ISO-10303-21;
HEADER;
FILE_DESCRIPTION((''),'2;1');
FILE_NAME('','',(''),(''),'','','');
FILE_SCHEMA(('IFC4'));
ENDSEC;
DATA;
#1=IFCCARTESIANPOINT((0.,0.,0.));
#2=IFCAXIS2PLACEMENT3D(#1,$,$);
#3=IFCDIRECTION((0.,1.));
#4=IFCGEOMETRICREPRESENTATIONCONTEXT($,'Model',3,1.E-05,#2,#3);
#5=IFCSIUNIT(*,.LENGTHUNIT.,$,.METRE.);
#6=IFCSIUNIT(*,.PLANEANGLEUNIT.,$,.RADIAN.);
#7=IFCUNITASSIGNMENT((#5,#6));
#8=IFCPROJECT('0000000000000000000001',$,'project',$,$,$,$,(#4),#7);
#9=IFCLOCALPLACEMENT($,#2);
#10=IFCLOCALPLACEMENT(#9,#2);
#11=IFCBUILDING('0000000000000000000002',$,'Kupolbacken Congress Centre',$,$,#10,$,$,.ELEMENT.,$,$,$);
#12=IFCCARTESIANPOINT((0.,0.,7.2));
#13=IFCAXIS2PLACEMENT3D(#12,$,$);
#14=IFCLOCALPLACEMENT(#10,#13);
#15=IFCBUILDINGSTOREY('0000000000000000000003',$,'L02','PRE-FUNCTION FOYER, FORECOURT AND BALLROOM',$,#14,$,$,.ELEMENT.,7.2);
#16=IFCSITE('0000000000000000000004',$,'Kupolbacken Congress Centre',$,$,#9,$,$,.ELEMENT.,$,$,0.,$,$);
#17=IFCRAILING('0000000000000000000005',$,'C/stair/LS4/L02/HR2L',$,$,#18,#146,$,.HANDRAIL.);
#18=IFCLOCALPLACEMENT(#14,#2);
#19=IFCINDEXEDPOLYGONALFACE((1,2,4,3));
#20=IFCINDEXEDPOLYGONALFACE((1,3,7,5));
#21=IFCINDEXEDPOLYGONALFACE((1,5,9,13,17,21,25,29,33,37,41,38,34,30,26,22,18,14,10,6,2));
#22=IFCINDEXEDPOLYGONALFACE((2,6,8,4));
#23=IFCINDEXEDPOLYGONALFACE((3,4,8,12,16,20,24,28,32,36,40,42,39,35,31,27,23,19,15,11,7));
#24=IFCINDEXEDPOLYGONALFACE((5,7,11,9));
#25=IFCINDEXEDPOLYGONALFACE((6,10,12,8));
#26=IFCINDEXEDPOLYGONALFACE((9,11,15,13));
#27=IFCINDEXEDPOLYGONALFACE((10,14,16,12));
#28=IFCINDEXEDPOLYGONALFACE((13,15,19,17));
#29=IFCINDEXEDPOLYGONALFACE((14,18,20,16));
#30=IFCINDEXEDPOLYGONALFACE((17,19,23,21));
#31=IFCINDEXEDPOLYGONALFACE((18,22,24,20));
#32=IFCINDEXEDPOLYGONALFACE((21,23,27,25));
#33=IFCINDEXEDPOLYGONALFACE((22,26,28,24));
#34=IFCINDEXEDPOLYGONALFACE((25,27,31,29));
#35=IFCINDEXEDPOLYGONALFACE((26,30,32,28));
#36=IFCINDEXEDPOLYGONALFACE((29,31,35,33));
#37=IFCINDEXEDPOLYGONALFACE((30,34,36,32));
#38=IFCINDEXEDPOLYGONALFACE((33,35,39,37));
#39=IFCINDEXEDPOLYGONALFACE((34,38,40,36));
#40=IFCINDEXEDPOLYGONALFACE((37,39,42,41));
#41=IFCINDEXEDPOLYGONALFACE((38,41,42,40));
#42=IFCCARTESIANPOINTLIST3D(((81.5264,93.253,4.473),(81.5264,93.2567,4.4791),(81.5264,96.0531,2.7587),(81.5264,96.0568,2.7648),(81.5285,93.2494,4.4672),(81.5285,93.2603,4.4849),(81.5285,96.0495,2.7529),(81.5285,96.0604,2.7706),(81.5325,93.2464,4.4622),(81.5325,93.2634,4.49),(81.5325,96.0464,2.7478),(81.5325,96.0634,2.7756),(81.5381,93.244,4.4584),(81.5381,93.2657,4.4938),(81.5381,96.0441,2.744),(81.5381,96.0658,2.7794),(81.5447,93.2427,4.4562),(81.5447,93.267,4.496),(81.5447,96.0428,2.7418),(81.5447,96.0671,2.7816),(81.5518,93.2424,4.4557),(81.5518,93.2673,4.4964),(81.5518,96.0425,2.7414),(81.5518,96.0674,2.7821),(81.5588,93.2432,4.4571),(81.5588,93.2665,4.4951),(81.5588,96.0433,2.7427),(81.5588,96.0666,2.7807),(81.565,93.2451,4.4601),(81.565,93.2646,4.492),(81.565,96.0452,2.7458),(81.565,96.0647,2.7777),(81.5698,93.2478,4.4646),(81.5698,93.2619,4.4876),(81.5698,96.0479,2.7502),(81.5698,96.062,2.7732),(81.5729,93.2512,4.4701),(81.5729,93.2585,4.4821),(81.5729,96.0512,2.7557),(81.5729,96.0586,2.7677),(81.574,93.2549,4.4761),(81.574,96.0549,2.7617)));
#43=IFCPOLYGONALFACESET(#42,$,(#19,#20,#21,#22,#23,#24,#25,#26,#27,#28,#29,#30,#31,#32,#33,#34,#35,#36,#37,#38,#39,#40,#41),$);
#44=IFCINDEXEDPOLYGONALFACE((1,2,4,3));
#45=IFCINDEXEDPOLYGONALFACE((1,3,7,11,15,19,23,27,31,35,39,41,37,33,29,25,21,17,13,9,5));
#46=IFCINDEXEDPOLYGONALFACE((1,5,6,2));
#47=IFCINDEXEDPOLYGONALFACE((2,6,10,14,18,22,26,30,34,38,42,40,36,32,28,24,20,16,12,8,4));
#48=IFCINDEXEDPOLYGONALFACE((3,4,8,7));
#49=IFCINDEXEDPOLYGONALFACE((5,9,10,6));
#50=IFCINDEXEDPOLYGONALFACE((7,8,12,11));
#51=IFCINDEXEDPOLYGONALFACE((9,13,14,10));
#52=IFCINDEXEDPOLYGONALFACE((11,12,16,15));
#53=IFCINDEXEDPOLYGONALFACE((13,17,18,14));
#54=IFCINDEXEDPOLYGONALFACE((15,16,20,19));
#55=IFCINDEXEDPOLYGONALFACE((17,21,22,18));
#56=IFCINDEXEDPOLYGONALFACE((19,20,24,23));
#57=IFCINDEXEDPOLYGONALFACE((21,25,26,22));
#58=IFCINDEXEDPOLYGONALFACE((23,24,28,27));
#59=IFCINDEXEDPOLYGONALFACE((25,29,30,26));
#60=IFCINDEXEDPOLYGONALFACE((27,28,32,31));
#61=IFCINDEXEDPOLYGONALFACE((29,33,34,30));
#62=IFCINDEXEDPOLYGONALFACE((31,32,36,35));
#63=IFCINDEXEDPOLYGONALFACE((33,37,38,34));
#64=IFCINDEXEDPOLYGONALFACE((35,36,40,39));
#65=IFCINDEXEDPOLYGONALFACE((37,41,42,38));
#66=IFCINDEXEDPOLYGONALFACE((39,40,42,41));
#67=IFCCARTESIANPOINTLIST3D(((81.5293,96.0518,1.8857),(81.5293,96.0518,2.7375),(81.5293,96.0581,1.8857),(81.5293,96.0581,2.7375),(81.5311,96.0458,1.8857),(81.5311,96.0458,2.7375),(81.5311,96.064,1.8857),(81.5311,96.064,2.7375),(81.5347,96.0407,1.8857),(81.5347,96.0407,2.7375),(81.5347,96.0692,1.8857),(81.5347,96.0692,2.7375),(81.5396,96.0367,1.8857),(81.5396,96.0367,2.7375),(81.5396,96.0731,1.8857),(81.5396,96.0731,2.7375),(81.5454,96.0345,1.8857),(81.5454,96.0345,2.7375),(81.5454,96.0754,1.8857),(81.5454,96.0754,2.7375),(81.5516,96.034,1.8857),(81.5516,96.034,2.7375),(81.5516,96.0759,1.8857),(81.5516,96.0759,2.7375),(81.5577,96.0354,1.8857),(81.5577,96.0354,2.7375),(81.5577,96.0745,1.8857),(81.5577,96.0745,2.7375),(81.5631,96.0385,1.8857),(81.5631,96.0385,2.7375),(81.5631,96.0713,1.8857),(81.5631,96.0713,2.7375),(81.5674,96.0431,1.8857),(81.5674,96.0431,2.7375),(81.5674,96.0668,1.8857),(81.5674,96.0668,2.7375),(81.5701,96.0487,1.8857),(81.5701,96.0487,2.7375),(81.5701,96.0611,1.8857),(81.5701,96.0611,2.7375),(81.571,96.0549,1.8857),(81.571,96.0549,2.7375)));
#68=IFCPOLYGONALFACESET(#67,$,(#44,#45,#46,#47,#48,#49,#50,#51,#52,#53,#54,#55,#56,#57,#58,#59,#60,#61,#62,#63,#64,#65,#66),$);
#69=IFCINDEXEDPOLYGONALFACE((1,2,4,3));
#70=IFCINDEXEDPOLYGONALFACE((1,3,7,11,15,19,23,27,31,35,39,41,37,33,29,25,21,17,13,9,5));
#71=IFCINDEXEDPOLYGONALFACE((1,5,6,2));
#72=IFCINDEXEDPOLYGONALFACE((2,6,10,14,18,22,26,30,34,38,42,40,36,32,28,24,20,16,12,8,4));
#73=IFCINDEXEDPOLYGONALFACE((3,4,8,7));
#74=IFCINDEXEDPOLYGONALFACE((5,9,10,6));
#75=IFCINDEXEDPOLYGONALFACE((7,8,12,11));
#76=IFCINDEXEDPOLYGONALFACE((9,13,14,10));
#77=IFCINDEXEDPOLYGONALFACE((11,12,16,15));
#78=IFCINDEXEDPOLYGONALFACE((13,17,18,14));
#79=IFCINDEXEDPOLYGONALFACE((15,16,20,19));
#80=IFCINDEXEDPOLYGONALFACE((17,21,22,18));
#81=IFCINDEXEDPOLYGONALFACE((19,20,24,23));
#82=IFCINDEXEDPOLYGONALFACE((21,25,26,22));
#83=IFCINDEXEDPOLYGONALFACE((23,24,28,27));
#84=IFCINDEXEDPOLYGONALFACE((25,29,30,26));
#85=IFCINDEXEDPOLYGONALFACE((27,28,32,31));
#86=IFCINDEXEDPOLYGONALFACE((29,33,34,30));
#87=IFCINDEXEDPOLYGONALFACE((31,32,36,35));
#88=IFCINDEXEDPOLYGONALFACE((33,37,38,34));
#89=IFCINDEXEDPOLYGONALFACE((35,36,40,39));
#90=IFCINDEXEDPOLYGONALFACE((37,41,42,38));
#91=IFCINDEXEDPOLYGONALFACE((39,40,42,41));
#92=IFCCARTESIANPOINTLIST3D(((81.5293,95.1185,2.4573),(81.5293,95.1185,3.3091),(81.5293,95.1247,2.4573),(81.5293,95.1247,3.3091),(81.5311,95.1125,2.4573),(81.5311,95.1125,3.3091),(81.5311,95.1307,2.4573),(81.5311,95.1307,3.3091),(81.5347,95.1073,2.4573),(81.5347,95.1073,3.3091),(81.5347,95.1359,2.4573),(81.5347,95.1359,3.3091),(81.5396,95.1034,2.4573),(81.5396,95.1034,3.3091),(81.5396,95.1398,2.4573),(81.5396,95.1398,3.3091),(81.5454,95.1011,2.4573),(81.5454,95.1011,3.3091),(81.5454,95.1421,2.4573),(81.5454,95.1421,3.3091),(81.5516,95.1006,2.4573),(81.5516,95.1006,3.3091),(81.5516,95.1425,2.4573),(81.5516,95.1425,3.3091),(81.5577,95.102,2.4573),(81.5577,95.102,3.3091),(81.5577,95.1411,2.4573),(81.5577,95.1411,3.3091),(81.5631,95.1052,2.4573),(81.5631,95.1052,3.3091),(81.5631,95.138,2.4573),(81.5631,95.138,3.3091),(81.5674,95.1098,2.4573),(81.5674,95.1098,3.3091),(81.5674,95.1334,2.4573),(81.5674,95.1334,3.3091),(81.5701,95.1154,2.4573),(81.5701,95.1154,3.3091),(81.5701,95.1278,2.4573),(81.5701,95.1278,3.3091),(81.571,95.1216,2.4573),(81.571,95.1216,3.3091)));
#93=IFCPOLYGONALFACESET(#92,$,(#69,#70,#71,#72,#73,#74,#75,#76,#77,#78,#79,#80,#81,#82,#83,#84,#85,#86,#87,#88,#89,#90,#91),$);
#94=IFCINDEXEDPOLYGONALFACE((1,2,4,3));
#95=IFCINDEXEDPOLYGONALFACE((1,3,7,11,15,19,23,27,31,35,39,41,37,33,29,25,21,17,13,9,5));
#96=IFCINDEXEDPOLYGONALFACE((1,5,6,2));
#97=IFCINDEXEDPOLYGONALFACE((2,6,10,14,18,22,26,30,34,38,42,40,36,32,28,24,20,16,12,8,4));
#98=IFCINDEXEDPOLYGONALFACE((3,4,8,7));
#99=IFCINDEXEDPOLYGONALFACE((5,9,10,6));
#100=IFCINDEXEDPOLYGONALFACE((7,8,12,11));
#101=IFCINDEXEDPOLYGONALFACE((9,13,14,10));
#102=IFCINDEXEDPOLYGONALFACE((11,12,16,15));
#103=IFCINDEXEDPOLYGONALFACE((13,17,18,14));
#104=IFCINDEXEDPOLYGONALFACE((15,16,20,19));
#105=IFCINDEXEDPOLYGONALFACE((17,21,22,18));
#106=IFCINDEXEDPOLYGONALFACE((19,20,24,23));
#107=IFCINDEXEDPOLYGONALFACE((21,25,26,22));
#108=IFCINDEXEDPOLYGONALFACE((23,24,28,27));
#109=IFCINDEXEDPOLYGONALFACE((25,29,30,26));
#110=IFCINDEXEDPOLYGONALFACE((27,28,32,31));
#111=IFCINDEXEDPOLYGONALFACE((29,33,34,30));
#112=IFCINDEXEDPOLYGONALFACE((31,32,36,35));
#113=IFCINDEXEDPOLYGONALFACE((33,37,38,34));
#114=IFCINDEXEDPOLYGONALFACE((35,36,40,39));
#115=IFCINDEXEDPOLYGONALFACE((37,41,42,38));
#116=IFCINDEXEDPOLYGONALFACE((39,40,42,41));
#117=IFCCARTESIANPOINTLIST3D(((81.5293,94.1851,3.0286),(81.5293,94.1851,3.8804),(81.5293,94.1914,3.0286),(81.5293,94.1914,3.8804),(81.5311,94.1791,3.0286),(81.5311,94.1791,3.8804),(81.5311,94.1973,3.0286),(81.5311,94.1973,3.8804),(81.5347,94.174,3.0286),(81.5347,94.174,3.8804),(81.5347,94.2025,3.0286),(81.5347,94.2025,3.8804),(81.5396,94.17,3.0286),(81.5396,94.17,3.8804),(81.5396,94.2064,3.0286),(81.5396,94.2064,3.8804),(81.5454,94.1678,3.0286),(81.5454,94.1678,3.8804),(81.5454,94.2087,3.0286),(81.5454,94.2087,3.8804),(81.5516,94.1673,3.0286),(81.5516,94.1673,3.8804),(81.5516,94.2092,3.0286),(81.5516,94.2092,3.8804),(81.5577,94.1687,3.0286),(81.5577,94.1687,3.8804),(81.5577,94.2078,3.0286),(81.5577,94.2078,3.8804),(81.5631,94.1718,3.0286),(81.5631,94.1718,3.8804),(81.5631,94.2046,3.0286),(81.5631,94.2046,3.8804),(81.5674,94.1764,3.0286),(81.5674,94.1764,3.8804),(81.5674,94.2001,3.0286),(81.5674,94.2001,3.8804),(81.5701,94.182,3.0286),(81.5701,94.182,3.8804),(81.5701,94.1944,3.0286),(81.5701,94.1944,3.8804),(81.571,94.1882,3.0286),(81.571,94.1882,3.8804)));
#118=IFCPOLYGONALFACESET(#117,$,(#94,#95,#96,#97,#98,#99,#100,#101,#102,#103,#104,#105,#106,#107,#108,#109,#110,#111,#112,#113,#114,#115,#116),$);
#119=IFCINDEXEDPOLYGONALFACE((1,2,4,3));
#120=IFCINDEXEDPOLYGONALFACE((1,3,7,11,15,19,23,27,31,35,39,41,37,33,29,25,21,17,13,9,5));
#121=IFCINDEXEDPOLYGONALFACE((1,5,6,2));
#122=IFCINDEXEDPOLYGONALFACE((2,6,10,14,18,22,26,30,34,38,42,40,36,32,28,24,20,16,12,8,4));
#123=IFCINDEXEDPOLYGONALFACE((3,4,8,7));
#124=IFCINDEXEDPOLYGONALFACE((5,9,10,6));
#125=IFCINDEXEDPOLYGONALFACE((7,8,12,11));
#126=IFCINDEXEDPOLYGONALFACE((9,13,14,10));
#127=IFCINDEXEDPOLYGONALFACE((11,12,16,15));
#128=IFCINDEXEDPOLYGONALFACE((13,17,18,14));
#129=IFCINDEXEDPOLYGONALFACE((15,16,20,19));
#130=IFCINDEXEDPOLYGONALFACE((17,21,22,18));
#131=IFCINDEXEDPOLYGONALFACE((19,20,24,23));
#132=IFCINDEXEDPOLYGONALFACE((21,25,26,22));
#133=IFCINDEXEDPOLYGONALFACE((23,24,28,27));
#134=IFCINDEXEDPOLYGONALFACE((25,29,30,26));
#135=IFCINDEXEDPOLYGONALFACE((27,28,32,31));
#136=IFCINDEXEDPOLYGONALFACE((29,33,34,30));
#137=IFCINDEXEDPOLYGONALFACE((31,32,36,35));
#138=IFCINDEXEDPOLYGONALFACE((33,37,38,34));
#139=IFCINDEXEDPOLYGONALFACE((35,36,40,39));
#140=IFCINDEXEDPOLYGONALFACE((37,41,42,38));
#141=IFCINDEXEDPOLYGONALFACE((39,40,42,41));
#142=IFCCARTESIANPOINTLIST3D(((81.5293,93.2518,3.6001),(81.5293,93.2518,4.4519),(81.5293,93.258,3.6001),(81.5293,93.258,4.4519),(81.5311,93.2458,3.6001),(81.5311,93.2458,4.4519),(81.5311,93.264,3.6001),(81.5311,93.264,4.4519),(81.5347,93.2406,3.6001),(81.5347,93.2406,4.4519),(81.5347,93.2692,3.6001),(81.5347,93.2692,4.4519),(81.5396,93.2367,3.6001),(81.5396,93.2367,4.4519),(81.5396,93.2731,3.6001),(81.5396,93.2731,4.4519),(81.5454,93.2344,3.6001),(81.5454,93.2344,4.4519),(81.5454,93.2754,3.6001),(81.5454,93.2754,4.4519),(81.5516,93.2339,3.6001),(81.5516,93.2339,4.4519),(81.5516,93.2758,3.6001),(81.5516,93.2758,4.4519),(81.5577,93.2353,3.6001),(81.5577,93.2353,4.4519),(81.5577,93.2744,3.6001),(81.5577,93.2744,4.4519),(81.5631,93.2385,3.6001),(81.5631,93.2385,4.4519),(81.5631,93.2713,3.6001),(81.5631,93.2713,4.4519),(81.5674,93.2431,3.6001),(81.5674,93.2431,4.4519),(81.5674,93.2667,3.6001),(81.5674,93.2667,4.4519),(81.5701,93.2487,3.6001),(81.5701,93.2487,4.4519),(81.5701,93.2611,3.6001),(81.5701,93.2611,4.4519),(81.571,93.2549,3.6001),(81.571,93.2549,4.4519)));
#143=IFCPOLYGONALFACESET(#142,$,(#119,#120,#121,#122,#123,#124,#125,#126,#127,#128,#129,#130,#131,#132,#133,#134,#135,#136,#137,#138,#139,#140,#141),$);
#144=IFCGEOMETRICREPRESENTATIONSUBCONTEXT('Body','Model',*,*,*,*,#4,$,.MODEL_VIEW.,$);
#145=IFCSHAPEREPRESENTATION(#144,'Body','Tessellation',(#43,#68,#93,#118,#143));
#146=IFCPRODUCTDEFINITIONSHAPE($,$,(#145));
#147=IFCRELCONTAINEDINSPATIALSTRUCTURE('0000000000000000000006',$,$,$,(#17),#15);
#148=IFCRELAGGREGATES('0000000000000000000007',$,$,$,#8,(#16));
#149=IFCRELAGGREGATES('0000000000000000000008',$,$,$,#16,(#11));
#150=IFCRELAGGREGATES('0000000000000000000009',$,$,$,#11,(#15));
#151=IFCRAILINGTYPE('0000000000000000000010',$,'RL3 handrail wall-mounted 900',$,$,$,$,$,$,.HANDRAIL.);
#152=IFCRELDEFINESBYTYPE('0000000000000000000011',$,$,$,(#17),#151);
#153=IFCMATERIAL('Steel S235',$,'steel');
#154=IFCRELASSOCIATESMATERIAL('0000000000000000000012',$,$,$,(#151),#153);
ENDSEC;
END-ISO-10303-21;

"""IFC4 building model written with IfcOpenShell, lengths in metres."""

from ifc_helpers import new_model, si_unit, direction, frame, origin, origin_2d, place, context, subcontext, project, spatial, circle, extrude, material, type_object, element, save


model = new_model("IFC4")

# Units and contexts
model_context = context("Model", 3, precision=1e-05, world=origin(), true_north=direction((0.0, 1.0)))
body_context = subcontext(model_context, "Body", "Model", "MODEL_VIEW")
ifc_project = project(units=[si_unit("LENGTHUNIT", "METRE"), si_unit("PLANEANGLEUNIT", "RADIAN")], contexts=[model_context])

# Site, building, storey
site_placement = place(None, origin())
site = spatial("IfcSite", under=ifc_project, at=site_placement, Name="Kupolbacken Congress Centre", CompositionType="ELEMENT", RefElevation=0.0)
building_placement = place(site_placement, origin())
building = spatial("IfcBuilding", under=site, at=building_placement, Name="Kupolbacken Congress Centre", CompositionType="ELEMENT")
storey_placement = place(building_placement, frame((0.0, 0.0, 7.2)))
storey = spatial("IfcBuildingStorey", under=building, at=storey_placement, Name="L02", Description="PRE-FUNCTION FOYER, FORECOURT AND BALLROOM", CompositionType="ELEMENT", Elevation=7.2)

# Railing
ifc_material_1 = material(Name="Steel S235", Category="steel")
railing_type = type_object("IfcRailingType", Name="RL3 handrail wall-mounted 900", PredefinedType="HANDRAIL", material=ifc_material_1)
for number, where, name in (
    (1, (81.55, 96.0549, 1.8857), "C/stair/LS4/L02/HR2L"),
):
    element("IfcRailing", number, at=place(storey_placement, frame(where)), inside=storey, type_object=railing_type, Name=name, PredefinedType="HANDRAIL", context=body_context, shape_type="SweptSolid", body=[
        extrude(circle(Radius=0.0239, at=origin_2d()), frame((0.0, 0.0, 0.876), z_axis=(0.0, -0.852846, 0.522163), x_axis=(1.0, 0.0, 0.0)), (0.0, 0.0, 1.0), 3.2832),
        extrude(circle(Radius=0.021, at=origin_2d()), origin(), (0.0, 0.0, 1.0), 0.8518),
        extrude(circle(Radius=0.021, at=origin_2d()), frame((0.0, -0.9333, 0.5715)), (0.0, 0.0, 1.0), 0.8518),
        extrude(circle(Radius=0.021, at=origin_2d()), frame((0.0, -1.8667, 1.1428)), (0.0, 0.0, 1.0), 0.8518),
        extrude(circle(Radius=0.021, at=origin_2d()), frame((0.0, -2.8, 1.7144)), (0.0, 0.0, 1.0), 0.8518),
    ])

save(model, "model.ifc")
